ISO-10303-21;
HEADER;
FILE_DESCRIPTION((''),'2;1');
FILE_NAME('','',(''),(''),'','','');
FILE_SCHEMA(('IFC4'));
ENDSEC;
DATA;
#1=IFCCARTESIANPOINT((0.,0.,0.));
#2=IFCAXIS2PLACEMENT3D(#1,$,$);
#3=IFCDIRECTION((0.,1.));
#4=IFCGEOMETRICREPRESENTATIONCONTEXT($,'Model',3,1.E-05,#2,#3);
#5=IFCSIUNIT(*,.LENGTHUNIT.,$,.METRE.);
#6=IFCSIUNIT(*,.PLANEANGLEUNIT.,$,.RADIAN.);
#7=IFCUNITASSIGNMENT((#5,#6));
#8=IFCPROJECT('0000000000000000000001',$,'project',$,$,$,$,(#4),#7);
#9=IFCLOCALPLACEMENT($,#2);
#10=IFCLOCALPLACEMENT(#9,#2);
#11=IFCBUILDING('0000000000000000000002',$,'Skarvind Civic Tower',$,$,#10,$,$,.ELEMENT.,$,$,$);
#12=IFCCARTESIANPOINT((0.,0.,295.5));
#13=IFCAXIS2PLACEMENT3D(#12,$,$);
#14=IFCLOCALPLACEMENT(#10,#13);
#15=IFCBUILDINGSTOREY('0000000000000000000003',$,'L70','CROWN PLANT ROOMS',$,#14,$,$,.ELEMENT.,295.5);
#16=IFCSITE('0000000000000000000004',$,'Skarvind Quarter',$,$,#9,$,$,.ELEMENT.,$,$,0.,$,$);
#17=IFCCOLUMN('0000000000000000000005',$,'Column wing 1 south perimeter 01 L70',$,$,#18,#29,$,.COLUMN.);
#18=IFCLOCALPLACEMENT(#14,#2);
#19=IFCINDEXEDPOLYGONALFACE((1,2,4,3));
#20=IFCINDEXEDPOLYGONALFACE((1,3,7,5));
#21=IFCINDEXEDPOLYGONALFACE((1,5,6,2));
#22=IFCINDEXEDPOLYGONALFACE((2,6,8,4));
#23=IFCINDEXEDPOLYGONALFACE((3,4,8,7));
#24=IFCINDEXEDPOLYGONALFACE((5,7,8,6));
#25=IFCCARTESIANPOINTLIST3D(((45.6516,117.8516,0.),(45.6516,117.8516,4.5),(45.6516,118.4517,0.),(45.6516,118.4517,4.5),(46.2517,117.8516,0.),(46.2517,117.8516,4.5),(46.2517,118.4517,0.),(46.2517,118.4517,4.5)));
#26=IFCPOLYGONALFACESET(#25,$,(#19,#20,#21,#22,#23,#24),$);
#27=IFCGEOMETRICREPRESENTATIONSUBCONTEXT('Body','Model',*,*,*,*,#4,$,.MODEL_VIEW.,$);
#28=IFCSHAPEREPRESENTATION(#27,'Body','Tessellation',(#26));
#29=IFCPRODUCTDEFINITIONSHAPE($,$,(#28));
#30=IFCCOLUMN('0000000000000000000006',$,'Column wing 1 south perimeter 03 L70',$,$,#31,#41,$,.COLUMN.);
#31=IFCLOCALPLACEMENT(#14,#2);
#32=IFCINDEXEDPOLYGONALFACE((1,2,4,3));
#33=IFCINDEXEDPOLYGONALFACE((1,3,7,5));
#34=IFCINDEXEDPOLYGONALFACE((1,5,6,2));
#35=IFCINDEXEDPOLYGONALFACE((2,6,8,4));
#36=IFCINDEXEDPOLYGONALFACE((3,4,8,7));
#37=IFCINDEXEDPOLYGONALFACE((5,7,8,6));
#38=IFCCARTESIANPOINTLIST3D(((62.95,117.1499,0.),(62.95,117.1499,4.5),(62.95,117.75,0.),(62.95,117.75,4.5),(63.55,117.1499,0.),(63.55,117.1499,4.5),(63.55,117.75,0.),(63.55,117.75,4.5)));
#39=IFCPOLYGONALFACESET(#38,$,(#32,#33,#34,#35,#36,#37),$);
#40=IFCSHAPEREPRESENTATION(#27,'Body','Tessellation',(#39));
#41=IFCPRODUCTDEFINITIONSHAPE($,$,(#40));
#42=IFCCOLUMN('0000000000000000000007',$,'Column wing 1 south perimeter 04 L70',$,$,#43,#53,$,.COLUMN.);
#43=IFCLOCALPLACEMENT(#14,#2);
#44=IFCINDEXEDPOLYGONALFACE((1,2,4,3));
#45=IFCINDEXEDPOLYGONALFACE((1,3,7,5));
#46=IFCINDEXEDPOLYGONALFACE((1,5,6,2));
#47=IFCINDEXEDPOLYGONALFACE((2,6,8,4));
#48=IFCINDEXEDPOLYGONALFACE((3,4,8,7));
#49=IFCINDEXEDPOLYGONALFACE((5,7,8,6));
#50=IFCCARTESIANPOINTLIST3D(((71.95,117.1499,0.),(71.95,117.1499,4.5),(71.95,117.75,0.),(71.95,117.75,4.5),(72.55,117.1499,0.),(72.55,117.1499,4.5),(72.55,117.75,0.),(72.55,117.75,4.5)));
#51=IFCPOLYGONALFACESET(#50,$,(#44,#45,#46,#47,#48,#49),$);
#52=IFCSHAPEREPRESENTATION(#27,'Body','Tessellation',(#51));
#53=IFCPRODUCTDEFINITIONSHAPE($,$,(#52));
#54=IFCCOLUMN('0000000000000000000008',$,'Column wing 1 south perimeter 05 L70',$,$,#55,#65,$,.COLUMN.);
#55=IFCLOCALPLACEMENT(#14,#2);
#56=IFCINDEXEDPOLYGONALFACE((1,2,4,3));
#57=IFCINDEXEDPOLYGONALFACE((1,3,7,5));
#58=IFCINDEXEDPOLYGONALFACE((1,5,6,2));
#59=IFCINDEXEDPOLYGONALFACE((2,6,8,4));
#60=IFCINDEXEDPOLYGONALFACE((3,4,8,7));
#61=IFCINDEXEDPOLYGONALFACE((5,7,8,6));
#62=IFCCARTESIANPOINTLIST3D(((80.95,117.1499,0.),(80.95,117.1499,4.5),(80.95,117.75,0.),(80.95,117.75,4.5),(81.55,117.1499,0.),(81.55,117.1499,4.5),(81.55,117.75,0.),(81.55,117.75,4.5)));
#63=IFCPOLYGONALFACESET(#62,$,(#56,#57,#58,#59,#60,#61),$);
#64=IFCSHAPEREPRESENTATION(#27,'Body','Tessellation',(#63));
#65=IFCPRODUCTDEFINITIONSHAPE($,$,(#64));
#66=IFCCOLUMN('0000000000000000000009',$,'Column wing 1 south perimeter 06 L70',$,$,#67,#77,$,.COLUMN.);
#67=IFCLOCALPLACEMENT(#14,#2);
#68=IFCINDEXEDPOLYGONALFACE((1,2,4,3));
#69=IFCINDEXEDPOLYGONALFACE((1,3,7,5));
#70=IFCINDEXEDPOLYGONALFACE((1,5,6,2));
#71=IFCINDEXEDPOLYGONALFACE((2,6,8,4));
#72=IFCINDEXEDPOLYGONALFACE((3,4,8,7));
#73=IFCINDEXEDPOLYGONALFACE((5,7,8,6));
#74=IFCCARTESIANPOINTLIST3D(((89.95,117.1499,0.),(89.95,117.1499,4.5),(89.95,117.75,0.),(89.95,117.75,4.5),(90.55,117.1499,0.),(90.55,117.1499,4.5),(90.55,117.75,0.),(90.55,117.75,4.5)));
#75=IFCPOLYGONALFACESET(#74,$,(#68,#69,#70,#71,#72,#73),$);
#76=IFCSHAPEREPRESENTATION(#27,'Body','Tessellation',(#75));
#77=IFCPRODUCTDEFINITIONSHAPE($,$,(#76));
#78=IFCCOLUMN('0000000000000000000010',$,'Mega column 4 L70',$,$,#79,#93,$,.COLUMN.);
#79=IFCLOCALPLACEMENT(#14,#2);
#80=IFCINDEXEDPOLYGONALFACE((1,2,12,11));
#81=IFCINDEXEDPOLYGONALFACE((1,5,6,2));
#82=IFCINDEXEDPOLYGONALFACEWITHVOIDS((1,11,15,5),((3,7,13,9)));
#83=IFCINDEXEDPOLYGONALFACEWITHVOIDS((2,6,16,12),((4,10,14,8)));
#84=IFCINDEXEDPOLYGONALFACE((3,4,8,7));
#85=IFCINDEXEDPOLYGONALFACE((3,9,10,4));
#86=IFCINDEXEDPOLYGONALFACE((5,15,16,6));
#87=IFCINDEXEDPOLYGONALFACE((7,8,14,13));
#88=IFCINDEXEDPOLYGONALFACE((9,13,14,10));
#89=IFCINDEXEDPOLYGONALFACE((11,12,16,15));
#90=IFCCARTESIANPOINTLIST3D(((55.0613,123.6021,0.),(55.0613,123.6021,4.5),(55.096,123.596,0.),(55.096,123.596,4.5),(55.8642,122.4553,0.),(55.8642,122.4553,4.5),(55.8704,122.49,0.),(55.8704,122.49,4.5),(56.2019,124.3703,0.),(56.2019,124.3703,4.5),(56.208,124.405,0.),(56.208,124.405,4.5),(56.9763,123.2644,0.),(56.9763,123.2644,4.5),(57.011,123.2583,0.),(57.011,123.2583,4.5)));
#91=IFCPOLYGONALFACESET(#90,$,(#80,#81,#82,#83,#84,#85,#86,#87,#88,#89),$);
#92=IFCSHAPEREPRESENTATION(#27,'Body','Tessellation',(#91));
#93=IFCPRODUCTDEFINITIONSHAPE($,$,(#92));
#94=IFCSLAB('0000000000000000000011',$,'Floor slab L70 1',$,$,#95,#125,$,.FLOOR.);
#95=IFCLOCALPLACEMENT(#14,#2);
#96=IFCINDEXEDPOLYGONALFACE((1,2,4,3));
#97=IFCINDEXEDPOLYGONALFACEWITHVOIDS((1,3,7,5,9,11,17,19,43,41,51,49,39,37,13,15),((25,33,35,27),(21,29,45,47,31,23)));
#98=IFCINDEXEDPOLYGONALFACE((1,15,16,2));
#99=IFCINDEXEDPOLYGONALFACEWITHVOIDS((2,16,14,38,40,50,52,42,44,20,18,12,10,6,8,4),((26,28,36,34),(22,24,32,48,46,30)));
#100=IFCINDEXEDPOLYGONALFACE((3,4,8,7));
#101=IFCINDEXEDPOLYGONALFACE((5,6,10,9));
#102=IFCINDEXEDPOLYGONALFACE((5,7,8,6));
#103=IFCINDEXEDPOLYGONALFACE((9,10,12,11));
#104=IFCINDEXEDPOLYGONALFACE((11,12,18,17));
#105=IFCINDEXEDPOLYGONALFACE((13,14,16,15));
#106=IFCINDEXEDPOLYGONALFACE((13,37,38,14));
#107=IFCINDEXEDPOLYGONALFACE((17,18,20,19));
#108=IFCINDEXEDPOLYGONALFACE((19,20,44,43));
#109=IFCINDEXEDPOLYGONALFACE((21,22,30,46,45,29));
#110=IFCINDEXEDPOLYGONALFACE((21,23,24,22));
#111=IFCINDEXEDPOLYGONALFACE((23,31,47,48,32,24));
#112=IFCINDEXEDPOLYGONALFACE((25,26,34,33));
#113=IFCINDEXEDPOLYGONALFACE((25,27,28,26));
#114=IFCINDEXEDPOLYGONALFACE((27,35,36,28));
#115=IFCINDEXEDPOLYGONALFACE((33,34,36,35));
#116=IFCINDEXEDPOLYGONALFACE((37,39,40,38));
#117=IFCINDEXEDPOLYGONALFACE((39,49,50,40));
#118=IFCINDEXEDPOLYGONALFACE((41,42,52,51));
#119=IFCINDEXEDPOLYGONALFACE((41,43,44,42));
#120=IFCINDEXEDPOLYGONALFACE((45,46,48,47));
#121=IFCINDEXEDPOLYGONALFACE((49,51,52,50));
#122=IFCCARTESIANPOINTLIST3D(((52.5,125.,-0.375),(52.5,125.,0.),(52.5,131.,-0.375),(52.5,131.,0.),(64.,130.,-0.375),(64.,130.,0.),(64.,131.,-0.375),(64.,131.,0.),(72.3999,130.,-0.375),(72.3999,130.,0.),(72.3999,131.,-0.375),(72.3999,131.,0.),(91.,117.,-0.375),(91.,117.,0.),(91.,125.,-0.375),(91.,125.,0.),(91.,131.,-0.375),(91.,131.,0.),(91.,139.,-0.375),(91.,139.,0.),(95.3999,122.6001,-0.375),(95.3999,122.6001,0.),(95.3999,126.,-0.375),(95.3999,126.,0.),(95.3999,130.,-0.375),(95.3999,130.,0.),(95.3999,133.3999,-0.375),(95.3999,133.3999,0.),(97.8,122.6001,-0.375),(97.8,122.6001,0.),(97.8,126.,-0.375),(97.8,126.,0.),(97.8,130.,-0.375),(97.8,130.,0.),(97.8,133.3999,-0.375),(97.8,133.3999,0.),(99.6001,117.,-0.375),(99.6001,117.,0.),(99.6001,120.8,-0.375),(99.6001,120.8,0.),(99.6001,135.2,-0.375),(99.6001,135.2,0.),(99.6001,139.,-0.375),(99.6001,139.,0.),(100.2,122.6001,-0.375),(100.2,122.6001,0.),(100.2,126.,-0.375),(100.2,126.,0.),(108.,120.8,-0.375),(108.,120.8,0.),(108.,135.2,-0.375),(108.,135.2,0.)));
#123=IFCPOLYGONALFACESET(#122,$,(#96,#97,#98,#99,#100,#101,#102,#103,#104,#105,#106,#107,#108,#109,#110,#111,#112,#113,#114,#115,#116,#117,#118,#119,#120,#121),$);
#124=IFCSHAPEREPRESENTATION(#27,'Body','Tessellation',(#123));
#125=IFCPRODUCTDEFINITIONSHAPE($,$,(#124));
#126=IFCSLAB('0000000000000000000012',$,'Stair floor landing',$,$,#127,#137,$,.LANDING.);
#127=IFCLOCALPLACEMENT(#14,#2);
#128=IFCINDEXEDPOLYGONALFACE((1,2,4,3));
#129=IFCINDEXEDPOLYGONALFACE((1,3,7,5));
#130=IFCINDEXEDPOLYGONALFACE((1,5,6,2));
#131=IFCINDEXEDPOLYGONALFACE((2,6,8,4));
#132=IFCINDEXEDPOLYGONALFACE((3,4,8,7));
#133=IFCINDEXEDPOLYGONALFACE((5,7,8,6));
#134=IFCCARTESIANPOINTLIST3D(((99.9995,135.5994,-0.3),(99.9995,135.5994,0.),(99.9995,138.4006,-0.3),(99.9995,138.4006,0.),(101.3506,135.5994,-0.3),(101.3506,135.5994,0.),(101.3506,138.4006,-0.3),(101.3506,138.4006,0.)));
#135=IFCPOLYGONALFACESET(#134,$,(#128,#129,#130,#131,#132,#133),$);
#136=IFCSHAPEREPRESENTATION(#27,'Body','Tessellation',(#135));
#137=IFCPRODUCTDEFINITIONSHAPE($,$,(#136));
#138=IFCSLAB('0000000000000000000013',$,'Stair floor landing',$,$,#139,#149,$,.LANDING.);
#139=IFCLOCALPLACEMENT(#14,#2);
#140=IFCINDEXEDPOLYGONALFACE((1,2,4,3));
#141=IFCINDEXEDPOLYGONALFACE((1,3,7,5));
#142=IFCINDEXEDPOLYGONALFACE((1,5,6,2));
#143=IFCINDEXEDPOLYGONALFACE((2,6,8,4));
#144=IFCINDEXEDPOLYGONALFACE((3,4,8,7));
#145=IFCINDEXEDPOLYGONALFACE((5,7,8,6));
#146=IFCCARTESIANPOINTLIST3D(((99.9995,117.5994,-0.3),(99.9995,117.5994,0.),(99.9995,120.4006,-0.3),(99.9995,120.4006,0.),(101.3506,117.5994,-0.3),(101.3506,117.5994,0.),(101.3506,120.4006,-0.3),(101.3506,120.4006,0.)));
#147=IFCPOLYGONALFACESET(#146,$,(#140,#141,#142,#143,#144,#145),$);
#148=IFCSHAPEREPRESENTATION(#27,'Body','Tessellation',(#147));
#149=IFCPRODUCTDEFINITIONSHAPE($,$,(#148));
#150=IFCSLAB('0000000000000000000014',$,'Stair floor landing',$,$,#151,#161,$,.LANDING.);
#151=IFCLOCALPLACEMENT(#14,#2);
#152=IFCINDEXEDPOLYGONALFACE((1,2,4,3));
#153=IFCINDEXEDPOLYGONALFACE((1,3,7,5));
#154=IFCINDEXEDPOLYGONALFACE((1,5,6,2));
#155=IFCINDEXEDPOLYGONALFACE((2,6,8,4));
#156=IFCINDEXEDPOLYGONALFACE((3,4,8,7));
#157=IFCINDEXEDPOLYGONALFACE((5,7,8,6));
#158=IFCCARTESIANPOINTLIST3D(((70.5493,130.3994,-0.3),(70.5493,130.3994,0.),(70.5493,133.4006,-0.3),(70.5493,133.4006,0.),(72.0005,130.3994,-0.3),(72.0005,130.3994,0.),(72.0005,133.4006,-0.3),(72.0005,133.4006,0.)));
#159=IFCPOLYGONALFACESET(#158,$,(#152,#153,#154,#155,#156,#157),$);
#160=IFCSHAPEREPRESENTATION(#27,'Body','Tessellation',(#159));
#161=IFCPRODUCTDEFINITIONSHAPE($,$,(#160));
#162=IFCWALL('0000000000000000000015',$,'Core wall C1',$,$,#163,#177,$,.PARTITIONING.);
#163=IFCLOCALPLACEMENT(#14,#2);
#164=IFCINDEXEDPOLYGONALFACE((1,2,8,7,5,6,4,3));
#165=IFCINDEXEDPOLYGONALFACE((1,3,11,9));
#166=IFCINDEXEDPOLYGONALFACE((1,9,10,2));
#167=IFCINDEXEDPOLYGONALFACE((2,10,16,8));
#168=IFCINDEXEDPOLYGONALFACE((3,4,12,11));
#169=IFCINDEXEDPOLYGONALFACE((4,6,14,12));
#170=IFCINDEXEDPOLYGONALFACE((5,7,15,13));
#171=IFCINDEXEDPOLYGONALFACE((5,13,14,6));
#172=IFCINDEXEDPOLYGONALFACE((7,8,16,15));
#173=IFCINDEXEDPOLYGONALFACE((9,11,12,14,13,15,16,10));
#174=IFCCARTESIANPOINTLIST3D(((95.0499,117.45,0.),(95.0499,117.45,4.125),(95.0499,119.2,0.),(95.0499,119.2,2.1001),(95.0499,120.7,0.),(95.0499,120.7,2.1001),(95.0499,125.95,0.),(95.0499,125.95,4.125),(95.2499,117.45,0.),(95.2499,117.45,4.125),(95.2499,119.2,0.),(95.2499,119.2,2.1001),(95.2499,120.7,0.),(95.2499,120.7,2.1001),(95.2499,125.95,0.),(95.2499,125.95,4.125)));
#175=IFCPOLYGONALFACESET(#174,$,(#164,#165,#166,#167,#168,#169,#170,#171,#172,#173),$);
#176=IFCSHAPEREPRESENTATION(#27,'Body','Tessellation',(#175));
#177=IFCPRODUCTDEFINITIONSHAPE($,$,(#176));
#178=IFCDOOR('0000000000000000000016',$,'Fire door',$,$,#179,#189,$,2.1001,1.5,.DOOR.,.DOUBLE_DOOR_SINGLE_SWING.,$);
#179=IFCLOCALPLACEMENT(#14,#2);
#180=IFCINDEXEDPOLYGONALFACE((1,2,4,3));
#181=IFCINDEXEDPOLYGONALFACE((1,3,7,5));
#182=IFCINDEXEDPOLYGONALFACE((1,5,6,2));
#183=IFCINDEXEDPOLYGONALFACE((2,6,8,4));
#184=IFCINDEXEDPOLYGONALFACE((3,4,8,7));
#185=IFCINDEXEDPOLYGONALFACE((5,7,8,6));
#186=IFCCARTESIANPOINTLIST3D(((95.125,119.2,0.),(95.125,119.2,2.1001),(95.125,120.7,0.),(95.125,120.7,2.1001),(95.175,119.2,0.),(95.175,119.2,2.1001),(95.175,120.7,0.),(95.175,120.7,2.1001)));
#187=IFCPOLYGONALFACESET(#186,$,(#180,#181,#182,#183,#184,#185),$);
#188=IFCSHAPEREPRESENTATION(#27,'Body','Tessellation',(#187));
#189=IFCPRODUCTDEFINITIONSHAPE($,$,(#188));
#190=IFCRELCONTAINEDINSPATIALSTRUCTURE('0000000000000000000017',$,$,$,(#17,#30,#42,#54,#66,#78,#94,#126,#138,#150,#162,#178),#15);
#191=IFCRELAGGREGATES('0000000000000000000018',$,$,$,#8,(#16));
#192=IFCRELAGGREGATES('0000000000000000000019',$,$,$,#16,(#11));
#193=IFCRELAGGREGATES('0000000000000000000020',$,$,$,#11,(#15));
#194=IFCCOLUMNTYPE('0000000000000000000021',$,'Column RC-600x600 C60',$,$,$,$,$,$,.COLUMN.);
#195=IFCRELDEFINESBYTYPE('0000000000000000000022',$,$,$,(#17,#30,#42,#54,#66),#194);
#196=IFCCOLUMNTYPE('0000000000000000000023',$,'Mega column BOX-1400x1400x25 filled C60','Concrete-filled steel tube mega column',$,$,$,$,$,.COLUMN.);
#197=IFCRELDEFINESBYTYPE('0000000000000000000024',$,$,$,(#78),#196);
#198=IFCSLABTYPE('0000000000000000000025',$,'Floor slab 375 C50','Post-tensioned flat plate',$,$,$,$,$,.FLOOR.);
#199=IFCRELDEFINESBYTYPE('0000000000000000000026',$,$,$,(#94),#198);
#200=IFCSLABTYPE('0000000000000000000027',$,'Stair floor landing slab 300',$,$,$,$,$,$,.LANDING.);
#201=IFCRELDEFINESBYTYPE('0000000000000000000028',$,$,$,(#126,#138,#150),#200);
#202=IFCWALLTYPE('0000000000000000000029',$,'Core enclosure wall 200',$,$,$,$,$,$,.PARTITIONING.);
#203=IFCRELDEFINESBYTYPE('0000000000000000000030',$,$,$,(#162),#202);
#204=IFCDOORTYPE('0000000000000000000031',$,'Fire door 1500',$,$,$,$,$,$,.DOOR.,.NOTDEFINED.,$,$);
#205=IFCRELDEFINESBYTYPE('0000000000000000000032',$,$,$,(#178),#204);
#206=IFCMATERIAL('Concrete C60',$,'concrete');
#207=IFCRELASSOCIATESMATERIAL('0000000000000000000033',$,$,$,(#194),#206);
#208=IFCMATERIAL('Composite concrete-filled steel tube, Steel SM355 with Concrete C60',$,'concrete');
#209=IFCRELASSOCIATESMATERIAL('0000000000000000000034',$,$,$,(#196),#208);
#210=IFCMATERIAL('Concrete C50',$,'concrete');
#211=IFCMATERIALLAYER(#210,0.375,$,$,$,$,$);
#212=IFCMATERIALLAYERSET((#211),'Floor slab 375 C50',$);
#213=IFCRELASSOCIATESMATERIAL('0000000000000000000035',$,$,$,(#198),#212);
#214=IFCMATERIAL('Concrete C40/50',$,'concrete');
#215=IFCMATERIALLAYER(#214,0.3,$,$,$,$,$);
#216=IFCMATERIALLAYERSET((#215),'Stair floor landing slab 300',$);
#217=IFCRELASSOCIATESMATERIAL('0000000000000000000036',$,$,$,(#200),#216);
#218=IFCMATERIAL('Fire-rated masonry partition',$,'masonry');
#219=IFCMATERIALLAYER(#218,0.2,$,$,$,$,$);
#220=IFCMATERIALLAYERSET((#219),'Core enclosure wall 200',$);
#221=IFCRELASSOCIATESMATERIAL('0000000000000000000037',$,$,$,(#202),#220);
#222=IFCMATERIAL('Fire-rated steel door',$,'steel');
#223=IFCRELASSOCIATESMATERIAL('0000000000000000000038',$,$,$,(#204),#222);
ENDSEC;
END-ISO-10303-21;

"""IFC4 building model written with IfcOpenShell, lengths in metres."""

from ifc_helpers import new_model, si_unit, direction, frame, frame_2d, origin, origin_2d, place, context, subcontext, project, spatial, polyline, rectangle, hollow_rectangle, outline, extrude, material, layer, layer_set, material_profile, profile_set, type_object, element, fill, save


model = new_model("IFC4")

# Units and contexts
model_context = context("Model", 3, precision=1e-05, world=origin(), true_north=direction((0.0, 1.0)))
body_context = subcontext(model_context, "Body", "Model", "MODEL_VIEW")
ifc_project = project(units=[si_unit("LENGTHUNIT", "METRE"), si_unit("PLANEANGLEUNIT", "RADIAN")], contexts=[model_context])

# Site, building, storey
site_placement = place(None, origin())
site = spatial("IfcSite", under=ifc_project, at=site_placement, Name="Skarvind Quarter", CompositionType="ELEMENT", RefElevation=0.0)
building_placement = place(site_placement, origin())
building = spatial("IfcBuilding", under=site, at=building_placement, Name="Skarvind Civic Tower", CompositionType="ELEMENT")
storey_placement = place(building_placement, frame((0.0, 0.0, 295.5)))
storey = spatial("IfcBuildingStorey", under=building, at=storey_placement, Name="L70", Description="CROWN PLANT ROOMS", CompositionType="ELEMENT", Elevation=295.5)

# Columns
ifc_material_1 = material(Name="Concrete C60", Category="concrete")
ifc_material_profile_1 = material_profile(ifc_material_1, rectangle(XDim=0.6001, YDim=0.6001, at=origin_2d()), Name="RC-600x600")
ifc_profile_set_1 = profile_set([ifc_material_profile_1], Name="Concrete C60")
column_type_1 = type_object("IfcColumnType", Name="Column RC-600x600 C60", PredefinedType="COLUMN", material=ifc_profile_set_1)
for number, where, z_axis, x_axis, name in (
    (1, (45.9517, 118.1516, 0.0), (0.0, 0.0, 1.0), (1.0, 0.0, 0.0), "Column wing 1 south perimeter 01 L70"),
    (2, (63.25, 117.45, 0.0), (0.0, 0.0, 1.0), (1.0, 0.0, 0.0), "Column wing 1 south perimeter 03 L70"),
    (3, (72.25, 117.45, 0.0), (0.0, 0.0, 1.0), (1.0, 0.0, 0.0), "Column wing 1 south perimeter 04 L70"),
    (4, (81.25, 117.45, 0.0), (0.0, 0.0, 1.0), (1.0, 0.0, 0.0), "Column wing 1 south perimeter 05 L70"),
    (5, (90.25, 117.45, 0.0), (0.0, 0.0, 1.0), (1.0, 0.0, 0.0), "Column wing 1 south perimeter 06 L70"),
):
    element("IfcColumn", number, at=place(storey_placement, frame(where, z_axis=z_axis, x_axis=x_axis)), inside=storey, type_object=column_type_1, Name=name, PredefinedType="COLUMN", context=body_context, shape_type="SweptSolid", body=[
        extrude(rectangle(XDim=0.6001, YDim=0.6001, at=origin_2d()), origin(), (0.0, 0.0, 1.0), 4.5),
    ])
ifc_material_2 = material(Name="Composite concrete-filled steel tube, Steel SM355 with Concrete C60", Category="concrete")
ifc_material_profile_2 = material_profile(ifc_material_2, hollow_rectangle(XDim=1.3999, YDim=1.3999, WallThickness=0.0249, at=origin_2d()), Name="BOX-1400x1400x25")
ifc_profile_set_2 = profile_set([ifc_material_profile_2], Name="Composite concrete-filled steel tube, Steel SM355 with Concrete C60")
column_type_2 = type_object("IfcColumnType", Name="Mega column BOX-1400x1400x25 filled C60", Description="Concrete-filled steel tube mega column", PredefinedType="COLUMN", material=ifc_profile_set_2)
column_placement = place(storey_placement, frame((56.0361, 123.4302, 0.0), z_axis=(0.0, 0.0, 1.0), x_axis=(0.573576, -0.819152, 0.0)))
element("IfcColumn", 6, at=column_placement, inside=storey, type_object=column_type_2, Name="Mega column 4 L70", PredefinedType="COLUMN", context=body_context, shape_type="SweptSolid", body=[
    extrude(hollow_rectangle(XDim=1.3999, YDim=1.3999, WallThickness=0.0249, at=origin_2d()), origin(), (0.0, 0.0, 1.0), 4.5),
])

# Slabs
ifc_material_3 = material(Name="Concrete C50", Category="concrete")
ifc_layer_1 = layer(ifc_material_3, 0.375)
ifc_layer_set_1 = layer_set([ifc_layer_1], Name="Floor slab 375 C50")
slab_type_1 = type_object("IfcSlabType", Name="Floor slab 375 C50", Description="Post-tensioned flat plate", PredefinedType="FLOOR", material=ifc_layer_set_1)
slab_1_placement = place(storey_placement, frame((0.0, 0.0, -0.375)))
element("IfcSlab", 7, at=slab_1_placement, inside=storey, type_object=slab_type_1, Name="Floor slab L70 1", PredefinedType="FLOOR", context=body_context, shape_type="SweptSolid", body=[
    extrude(outline(polyline([(99.6001, 117.0), (99.6001, 120.8), (108.0, 120.8), (108.0, 135.2), (99.6001, 135.2), (99.6001, 139.0), (91.0, 139.0), (91.0, 131.0), (72.3999, 131.0), (72.3999, 130.0), (64.0, 130.0), (64.0, 131.0), (52.5, 131.0), (52.5, 125.0), (91.0, 125.0), (91.0, 117.0), (99.6001, 117.0)]), holes=[polyline([(97.8, 126.0), (100.2, 126.0), (100.2, 122.6001), (97.8, 122.6001), (95.3999, 122.6001), (95.3999, 126.0), (97.8, 126.0)]), polyline([(95.3999, 130.0), (95.3999, 133.3999), (97.8, 133.3999), (97.8, 130.0), (95.3999, 130.0)])]), origin(), (0.0, 0.0, 1.0), 0.375),
])
ifc_material_4 = material(Name="Concrete C40/50", Category="concrete")
ifc_layer_2 = layer(ifc_material_4, 0.3)
ifc_layer_set_2 = layer_set([ifc_layer_2], Name="Stair floor landing slab 300")
slab_type_2 = type_object("IfcSlabType", Name="Stair floor landing slab 300", PredefinedType="LANDING", material=ifc_layer_set_2)
slab_2_placement = place(storey_placement, frame((0.0, 0.0, -0.3)))
element("IfcSlab", 8, at=slab_2_placement, inside=storey, type_object=slab_type_2, Name="Stair floor landing", PredefinedType="LANDING", context=body_context, shape_type="SweptSolid", body=[
    extrude(outline(polyline([(101.3506, 138.4006), (101.3506, 135.5994), (99.9995, 135.5994), (99.9995, 138.4006), (101.3506, 138.4006)])), origin(), (0.0, 0.0, 1.0), 0.3),
])
slab_3_placement = place(storey_placement, frame((0.0, 0.0, -0.3)))
element("IfcSlab", 9, at=slab_3_placement, inside=storey, type_object=slab_type_2, Name="Stair floor landing", PredefinedType="LANDING", context=body_context, shape_type="SweptSolid", body=[
    extrude(outline(polyline([(101.3506, 120.4006), (101.3506, 117.5994), (99.9995, 117.5994), (99.9995, 120.4006), (101.3506, 120.4006)])), origin(), (0.0, 0.0, 1.0), 0.3),
])
slab_4_placement = place(storey_placement, frame((0.0, 0.0, -0.3)))
element("IfcSlab", 10, at=slab_4_placement, inside=storey, type_object=slab_type_2, Name="Stair floor landing", PredefinedType="LANDING", context=body_context, shape_type="SweptSolid", body=[
    extrude(outline(polyline([(70.5493, 130.3994), (70.5493, 133.4006), (72.0005, 133.4006), (72.0005, 130.3994), (70.5493, 130.3994)])), origin(), (0.0, 0.0, 1.0), 0.3),
])

# Wall, opening, door
ifc_material_5 = material(Name="Fire-rated masonry partition", Category="masonry")
ifc_layer_3 = layer(ifc_material_5, 0.2)
ifc_layer_set_3 = layer_set([ifc_layer_3], Name="Core enclosure wall 200")
wall_type_1 = type_object("IfcWallType", Name="Core enclosure wall 200", PredefinedType="PARTITIONING", material=ifc_layer_set_3)
wall_1_placement = place(storey_placement, frame((95.1499, 117.45, 0.0), z_axis=(0.0, 0.0, 1.0), x_axis=(0.0, 1.0, 0.0)))
wall_1 = element("IfcWall", 11, at=wall_1_placement, inside=storey, type_object=wall_type_1, Name="Core wall C1", PredefinedType="PARTITIONING", context=body_context, shape_type="SweptSolid", body=[
    extrude(rectangle(XDim=8.5, YDim=0.2, at=frame_2d((4.25, 0.0))), origin(), (0.0, 0.0, 1.0), 4.125),
])
opening_1_placement = place(wall_1_placement, frame((1.75, 0.0, 0.0)))
opening_1 = element("IfcOpeningElement", 12, at=opening_1_placement, cuts=wall_1, PredefinedType="OPENING", context=body_context, shape_type="SweptSolid", body=[
    extrude(rectangle(XDim=1.5, YDim=2.1001, at=frame_2d((0.75, 1.05))), frame((0.0, 0.1099, 0.0), z_axis=(0.0, -1.0, 0.0), x_axis=(1.0, 0.0, 0.0)), (0.0, 0.0, 1.0), 0.22),
])
ifc_material_6 = material(Name="Fire-rated steel door", Category="steel")
door_type_1 = type_object("IfcDoorType", Name="Fire door 1500", OperationType="NOTDEFINED", PredefinedType="DOOR", material=ifc_material_6)
door_1_placement = place(opening_1_placement, origin())
door_1 = element("IfcDoor", 13, at=door_1_placement, inside=storey, type_object=door_type_1, Name="Fire door", OperationType="DOUBLE_DOOR_SINGLE_SWING", OverallHeight=2.1001, OverallWidth=1.5, PredefinedType="DOOR", context=body_context, shape_type="SweptSolid", body=[
    extrude(rectangle(XDim=1.5, YDim=2.1001, at=frame_2d((0.75, 1.05))), frame((0.0, 0.0249, 0.0), z_axis=(0.0, -1.0, 0.0), x_axis=(1.0, 0.0, 0.0)), (0.0, 0.0, 1.0), 0.05),
])
fill(opening_1, door_1)

save(model, "model.ifc")
